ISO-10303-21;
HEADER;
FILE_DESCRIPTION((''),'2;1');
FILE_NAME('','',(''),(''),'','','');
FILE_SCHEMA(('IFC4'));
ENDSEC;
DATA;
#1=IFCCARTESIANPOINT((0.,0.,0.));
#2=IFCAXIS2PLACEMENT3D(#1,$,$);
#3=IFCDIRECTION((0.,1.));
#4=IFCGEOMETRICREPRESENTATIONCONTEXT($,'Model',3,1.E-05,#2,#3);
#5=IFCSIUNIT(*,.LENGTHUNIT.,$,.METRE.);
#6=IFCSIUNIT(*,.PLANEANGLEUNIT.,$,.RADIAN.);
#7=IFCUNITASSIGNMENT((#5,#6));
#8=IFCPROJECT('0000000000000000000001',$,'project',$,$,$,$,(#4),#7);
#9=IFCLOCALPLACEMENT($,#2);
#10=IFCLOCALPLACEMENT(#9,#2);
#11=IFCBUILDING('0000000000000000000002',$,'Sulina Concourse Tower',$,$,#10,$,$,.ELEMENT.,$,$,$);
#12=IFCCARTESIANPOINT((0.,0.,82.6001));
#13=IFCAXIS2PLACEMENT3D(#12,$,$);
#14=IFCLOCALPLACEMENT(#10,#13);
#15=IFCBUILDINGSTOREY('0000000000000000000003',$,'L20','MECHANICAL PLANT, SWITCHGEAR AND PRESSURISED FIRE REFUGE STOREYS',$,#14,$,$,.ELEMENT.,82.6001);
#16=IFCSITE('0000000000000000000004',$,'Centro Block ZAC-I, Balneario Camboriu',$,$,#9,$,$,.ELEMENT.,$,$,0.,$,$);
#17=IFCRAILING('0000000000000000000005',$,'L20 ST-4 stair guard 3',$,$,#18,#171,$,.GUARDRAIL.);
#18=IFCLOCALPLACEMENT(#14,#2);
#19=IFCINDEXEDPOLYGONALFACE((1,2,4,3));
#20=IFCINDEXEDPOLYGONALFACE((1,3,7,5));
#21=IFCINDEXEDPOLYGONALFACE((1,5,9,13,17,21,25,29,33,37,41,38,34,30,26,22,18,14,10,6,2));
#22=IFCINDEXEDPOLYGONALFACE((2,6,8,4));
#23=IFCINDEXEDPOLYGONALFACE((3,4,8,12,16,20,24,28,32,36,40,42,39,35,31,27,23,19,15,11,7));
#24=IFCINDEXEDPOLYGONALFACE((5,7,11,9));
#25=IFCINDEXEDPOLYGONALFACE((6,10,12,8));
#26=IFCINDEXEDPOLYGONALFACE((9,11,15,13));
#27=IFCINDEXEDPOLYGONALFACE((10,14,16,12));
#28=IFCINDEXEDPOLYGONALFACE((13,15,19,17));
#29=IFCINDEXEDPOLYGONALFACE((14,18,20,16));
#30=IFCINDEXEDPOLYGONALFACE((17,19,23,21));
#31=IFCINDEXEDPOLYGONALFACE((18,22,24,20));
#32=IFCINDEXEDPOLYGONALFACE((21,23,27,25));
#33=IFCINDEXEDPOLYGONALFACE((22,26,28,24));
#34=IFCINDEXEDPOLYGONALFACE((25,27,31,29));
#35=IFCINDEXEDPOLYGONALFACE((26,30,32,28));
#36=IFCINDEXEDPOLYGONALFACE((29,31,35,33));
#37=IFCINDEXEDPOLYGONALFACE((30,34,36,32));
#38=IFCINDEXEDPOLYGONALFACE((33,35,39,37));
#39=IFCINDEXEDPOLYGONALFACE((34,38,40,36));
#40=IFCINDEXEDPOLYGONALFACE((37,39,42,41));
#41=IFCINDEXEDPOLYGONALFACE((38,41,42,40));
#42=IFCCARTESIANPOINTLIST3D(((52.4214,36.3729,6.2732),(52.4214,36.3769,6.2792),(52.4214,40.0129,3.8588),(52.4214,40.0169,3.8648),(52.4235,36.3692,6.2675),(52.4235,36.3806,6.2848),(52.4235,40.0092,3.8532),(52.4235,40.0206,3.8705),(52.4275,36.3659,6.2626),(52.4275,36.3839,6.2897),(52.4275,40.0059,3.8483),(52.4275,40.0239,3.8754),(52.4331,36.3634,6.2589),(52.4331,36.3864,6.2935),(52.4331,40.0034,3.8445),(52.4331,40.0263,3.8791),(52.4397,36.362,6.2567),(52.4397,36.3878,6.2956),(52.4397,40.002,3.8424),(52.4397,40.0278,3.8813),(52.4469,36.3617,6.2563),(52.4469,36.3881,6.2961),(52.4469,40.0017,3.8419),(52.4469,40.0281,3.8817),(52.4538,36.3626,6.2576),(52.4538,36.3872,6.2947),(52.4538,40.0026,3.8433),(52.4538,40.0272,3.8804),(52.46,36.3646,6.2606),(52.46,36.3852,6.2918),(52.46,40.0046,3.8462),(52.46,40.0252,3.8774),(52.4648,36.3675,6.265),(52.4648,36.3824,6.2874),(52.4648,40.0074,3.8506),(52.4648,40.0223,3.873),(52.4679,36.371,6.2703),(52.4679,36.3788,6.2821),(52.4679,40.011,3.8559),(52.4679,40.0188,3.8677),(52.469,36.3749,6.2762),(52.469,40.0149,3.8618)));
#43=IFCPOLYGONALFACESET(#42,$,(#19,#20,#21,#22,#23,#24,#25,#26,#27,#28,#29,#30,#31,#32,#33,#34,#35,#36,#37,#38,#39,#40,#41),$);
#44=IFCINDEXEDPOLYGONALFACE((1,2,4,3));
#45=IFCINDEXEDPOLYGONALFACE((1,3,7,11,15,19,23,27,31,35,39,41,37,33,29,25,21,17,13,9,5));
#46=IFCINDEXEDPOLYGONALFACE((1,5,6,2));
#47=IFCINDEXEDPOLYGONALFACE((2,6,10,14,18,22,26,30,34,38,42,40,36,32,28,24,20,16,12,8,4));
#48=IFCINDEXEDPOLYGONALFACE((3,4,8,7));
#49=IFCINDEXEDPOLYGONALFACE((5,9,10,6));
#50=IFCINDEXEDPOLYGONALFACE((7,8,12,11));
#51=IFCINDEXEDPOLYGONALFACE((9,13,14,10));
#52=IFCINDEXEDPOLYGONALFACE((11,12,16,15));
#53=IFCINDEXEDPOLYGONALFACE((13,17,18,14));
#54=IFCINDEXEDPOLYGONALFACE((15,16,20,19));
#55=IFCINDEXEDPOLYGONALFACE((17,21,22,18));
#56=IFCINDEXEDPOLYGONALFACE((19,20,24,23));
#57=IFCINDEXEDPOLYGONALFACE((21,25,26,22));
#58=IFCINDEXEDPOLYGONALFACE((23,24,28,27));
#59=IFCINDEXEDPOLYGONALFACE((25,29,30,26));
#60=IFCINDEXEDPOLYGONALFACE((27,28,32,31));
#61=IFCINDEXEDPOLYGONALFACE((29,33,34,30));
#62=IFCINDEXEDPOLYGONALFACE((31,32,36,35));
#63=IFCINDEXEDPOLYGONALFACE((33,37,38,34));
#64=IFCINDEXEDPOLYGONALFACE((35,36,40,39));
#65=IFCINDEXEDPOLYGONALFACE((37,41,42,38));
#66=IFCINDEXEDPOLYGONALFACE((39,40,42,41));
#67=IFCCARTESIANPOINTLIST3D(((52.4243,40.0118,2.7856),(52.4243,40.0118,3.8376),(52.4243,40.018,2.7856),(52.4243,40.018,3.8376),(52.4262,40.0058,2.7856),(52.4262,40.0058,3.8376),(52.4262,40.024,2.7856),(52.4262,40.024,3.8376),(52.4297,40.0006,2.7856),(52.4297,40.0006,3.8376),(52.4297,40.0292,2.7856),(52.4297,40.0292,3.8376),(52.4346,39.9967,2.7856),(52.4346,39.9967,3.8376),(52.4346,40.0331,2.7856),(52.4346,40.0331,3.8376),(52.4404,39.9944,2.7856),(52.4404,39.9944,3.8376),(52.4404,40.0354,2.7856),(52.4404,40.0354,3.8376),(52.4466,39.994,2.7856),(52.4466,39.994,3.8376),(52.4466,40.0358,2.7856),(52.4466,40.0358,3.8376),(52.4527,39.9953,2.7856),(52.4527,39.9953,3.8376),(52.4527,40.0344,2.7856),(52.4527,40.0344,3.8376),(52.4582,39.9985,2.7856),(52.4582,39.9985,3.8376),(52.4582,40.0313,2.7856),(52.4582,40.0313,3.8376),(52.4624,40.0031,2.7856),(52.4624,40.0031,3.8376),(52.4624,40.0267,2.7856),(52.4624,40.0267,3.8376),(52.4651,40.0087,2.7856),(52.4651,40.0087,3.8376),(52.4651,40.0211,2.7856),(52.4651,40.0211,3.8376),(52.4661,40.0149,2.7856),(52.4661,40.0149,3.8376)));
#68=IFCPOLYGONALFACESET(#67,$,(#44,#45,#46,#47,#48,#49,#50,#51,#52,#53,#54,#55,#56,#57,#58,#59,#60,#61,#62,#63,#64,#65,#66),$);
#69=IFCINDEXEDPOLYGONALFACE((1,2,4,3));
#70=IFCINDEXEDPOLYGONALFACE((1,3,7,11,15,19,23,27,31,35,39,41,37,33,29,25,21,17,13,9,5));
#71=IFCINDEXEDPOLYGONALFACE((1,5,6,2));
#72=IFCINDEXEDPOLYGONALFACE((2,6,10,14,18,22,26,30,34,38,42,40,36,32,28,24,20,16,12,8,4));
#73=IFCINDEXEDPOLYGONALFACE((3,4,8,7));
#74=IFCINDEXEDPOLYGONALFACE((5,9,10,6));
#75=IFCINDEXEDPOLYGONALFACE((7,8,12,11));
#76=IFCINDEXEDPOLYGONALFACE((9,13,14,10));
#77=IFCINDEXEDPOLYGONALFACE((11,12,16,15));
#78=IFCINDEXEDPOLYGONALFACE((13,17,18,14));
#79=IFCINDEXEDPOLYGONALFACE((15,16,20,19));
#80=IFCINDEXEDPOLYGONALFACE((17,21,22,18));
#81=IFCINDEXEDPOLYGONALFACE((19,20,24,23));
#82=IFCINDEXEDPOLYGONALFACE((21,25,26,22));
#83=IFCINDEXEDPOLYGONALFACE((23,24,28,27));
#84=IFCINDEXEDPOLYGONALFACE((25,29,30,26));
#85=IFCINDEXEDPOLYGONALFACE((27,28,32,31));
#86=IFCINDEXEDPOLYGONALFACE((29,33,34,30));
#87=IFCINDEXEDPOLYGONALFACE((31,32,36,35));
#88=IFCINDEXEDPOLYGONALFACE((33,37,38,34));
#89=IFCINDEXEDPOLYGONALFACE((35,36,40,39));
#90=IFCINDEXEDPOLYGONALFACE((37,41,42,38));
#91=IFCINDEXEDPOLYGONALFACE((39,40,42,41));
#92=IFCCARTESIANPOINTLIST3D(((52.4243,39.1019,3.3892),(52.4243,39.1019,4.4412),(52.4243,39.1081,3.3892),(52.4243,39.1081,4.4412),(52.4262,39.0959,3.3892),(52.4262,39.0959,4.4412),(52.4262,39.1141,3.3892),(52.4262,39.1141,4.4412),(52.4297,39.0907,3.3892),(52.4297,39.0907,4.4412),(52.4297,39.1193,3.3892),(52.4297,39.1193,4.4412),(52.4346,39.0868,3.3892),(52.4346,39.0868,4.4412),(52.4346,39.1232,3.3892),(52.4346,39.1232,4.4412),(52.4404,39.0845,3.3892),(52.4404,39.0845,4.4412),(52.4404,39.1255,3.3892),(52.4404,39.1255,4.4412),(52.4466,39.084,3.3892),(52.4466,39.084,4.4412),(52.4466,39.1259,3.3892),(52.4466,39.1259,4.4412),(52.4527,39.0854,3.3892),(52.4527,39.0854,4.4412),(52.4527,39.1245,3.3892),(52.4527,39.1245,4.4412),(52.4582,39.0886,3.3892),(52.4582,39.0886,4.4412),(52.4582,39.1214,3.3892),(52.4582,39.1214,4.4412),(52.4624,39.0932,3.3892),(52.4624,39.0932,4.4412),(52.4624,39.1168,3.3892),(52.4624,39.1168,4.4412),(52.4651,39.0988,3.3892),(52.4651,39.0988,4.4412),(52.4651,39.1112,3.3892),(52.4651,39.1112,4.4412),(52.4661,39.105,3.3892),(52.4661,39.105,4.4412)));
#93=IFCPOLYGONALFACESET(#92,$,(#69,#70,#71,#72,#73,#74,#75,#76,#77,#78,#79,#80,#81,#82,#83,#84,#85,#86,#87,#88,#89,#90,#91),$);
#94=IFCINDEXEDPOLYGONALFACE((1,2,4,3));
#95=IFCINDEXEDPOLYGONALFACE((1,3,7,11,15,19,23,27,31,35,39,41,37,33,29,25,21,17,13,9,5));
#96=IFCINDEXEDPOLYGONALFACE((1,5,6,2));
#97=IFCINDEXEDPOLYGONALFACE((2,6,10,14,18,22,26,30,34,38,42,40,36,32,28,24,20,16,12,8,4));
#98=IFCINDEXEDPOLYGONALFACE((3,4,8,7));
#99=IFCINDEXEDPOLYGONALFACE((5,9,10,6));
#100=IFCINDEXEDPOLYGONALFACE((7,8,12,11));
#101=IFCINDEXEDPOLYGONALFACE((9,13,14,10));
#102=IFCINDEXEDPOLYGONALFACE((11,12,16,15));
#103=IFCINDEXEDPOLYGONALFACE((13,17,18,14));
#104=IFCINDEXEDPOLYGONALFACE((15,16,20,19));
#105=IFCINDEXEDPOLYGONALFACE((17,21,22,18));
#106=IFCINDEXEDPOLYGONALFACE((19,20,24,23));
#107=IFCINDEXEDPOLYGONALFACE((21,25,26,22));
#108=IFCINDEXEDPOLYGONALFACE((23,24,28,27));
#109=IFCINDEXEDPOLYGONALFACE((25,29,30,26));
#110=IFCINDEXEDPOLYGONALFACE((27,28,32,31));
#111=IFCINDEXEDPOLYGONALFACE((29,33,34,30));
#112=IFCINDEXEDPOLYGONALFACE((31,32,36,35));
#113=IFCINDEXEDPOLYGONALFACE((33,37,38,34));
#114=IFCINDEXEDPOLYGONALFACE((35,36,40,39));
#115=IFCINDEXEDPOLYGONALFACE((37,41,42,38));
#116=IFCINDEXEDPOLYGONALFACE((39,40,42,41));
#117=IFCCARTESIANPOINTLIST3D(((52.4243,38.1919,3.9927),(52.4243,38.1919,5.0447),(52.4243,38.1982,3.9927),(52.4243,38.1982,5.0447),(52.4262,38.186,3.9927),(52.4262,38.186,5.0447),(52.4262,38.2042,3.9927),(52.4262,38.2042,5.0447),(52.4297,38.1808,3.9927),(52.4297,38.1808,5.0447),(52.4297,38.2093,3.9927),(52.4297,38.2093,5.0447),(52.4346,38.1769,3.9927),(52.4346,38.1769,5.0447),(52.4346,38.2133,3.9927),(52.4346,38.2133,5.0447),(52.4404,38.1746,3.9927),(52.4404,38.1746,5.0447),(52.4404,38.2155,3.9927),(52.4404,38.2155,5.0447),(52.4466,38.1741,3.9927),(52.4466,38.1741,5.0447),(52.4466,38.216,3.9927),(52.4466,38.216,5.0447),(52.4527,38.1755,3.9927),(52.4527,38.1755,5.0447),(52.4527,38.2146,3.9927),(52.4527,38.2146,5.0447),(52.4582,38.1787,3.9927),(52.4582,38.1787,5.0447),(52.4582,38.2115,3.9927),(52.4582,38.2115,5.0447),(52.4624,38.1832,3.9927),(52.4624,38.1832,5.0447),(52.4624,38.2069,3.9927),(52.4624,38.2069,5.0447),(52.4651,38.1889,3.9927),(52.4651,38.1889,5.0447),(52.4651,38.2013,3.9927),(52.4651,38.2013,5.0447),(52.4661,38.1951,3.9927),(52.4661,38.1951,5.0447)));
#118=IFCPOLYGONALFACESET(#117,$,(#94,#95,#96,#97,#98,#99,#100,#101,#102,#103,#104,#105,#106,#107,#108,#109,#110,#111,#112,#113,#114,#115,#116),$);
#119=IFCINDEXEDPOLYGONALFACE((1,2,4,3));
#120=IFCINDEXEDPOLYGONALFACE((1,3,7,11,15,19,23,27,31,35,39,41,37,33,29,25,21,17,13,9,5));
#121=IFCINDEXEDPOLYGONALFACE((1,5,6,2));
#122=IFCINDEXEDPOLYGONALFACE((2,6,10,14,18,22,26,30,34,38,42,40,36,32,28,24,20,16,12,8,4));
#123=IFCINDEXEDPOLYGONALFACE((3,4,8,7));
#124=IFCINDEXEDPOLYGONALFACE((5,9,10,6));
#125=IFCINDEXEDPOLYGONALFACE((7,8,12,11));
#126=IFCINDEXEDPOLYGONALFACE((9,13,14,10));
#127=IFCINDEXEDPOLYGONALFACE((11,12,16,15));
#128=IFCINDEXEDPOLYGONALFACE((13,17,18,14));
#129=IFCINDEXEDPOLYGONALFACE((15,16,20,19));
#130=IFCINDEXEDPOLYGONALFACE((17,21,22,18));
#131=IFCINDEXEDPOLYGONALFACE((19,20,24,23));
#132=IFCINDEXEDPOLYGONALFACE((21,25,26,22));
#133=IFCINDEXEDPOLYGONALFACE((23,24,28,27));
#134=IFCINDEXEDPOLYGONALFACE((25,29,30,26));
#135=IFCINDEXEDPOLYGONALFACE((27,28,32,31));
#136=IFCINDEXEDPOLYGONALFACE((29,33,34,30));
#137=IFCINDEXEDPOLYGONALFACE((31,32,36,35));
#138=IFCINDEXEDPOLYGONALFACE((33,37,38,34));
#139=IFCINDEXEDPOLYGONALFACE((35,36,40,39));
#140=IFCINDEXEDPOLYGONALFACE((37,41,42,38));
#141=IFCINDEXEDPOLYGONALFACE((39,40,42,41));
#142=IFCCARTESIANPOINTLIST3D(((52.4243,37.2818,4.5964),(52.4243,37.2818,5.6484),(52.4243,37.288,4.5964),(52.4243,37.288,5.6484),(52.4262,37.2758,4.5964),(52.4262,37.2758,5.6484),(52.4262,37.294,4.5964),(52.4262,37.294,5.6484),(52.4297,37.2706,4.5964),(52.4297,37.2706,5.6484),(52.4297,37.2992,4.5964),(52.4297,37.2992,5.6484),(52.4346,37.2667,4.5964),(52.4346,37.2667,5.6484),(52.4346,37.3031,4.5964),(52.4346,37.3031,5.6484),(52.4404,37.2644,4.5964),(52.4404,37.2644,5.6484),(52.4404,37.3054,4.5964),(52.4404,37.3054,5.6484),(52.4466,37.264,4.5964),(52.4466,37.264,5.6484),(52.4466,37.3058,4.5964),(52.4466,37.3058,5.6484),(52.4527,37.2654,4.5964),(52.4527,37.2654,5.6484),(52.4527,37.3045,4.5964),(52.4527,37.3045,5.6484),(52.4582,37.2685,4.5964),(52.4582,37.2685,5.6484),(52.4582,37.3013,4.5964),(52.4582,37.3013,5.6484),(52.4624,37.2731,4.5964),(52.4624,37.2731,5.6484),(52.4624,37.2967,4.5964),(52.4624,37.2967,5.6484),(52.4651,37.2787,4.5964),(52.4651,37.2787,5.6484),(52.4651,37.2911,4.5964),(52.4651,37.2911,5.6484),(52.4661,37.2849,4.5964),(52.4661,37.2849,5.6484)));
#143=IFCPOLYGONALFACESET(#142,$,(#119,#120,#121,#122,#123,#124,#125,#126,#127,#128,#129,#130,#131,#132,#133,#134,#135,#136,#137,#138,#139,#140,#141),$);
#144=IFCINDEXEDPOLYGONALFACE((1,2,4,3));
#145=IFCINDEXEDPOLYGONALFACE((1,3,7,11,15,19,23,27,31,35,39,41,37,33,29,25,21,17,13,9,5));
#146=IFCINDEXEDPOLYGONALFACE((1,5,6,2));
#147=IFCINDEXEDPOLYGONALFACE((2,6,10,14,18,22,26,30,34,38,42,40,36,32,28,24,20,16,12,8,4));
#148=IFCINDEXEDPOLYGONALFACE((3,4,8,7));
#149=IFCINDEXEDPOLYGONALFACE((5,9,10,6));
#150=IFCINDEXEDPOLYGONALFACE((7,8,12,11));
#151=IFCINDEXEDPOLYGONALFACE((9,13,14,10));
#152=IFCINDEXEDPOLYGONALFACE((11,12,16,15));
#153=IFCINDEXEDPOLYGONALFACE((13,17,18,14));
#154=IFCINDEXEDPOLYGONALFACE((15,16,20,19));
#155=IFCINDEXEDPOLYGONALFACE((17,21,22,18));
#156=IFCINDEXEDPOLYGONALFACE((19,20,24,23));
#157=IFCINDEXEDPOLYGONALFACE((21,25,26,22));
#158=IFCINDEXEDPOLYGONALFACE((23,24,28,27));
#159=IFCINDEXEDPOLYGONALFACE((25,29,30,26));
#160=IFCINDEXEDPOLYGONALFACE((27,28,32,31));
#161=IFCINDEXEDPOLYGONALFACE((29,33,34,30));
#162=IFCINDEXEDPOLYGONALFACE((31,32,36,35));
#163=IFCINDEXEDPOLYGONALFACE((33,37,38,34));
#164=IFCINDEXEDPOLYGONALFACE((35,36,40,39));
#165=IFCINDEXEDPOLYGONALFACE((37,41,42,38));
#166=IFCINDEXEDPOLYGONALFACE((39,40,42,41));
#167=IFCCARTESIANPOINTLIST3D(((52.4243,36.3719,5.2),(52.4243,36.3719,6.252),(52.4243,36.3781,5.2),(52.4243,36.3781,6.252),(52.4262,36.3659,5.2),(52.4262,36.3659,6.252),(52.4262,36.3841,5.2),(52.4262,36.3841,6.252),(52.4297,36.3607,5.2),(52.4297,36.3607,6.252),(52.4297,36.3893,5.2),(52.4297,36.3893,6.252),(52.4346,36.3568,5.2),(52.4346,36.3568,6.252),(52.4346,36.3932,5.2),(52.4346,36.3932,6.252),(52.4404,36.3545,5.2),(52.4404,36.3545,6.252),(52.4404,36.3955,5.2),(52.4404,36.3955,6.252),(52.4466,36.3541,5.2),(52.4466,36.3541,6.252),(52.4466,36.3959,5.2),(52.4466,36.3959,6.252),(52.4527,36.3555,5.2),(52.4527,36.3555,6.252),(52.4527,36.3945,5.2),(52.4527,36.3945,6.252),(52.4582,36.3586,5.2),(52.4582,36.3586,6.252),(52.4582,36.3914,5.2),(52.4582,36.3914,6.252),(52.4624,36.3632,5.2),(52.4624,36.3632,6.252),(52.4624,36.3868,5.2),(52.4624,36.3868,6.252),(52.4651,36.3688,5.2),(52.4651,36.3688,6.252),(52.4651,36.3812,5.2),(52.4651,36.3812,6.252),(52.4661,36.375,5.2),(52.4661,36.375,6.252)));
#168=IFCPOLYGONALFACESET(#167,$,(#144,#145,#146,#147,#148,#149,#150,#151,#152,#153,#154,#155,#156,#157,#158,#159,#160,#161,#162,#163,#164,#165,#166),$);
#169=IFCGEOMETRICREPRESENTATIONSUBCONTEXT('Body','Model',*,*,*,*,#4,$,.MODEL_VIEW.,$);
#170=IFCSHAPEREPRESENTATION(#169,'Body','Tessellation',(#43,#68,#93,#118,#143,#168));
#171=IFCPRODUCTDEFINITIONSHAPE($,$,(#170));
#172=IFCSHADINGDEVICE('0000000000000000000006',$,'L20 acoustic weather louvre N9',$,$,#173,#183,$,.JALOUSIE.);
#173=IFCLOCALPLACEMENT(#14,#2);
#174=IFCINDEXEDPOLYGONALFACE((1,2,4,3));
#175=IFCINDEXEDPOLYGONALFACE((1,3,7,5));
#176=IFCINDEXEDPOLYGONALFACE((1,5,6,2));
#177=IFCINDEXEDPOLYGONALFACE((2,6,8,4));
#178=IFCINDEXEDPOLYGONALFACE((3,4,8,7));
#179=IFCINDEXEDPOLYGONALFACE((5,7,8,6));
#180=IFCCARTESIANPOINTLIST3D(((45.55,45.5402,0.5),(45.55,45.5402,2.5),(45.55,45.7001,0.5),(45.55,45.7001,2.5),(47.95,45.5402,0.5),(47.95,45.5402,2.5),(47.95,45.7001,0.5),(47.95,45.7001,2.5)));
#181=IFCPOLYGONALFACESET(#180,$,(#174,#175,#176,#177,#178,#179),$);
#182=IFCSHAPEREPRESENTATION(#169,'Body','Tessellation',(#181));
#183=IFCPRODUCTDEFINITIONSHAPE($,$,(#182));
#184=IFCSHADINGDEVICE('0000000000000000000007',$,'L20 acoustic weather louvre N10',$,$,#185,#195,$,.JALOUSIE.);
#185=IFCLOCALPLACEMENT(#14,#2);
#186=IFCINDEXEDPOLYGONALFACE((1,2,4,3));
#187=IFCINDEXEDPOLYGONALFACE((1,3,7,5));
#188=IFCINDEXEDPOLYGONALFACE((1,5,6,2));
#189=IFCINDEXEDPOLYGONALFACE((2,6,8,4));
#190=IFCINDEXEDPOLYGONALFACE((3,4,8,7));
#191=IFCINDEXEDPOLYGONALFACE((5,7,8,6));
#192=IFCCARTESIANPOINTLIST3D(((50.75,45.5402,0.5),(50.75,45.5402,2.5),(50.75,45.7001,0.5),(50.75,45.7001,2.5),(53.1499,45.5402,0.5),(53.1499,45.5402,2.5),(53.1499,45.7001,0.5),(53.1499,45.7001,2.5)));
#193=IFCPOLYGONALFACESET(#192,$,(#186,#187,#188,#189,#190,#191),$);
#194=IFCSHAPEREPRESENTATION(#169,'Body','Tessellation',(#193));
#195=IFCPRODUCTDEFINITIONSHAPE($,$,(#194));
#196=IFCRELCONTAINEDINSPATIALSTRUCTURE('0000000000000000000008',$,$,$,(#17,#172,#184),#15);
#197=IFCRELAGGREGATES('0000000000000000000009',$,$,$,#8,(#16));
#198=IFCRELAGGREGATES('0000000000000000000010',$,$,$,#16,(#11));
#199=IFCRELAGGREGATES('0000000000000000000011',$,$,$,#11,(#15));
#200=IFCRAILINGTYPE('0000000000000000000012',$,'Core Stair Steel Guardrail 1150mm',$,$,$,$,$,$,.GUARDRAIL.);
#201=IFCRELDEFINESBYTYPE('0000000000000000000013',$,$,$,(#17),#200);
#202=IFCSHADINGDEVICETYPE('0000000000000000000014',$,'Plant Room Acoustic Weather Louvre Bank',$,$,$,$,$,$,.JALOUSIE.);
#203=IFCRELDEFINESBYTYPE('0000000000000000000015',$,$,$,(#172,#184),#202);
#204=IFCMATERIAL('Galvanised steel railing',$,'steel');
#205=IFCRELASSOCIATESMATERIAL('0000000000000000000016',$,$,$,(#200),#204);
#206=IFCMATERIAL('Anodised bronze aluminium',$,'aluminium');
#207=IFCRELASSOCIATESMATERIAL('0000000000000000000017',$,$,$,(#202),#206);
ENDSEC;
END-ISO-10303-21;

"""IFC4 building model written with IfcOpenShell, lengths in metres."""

from ifc_helpers import new_model, si_unit, direction, frame, origin, origin_2d, place, context, subcontext, project, spatial, rectangle, circle, extrude, material, type_object, element, save


model = new_model("IFC4")

# Units and contexts
model_context = context("Model", 3, precision=1e-05, world=origin(), true_north=direction((0.0, 1.0)))
body_context = subcontext(model_context, "Body", "Model", "MODEL_VIEW")
ifc_project = project(units=[si_unit("LENGTHUNIT", "METRE"), si_unit("PLANEANGLEUNIT", "RADIAN")], contexts=[model_context])

# Site, building, storey
site_placement = place(None, origin())
site = spatial("IfcSite", under=ifc_project, at=site_placement, Name="Centro Block ZAC-I, Balneario Camboriu", CompositionType="ELEMENT", RefElevation=0.0)
building_placement = place(site_placement, origin())
building = spatial("IfcBuilding", under=site, at=building_placement, Name="Sulina Concourse Tower", CompositionType="ELEMENT")
storey_placement = place(building_placement, frame((0.0, 0.0, 82.6001)))
storey = spatial("IfcBuildingStorey", under=building, at=storey_placement, Name="L20", Description="MECHANICAL PLANT, SWITCHGEAR AND PRESSURISED FIRE REFUGE STOREYS", CompositionType="ELEMENT", Elevation=82.6001)

# Railing
ifc_material_1 = material(Name="Galvanised steel railing", Category="steel")
railing_type_1 = type_object("IfcRailingType", Name="Core Stair Steel Guardrail 1150mm", PredefinedType="GUARDRAIL", material=ifc_material_1)
railing_1_placement = place(storey_placement, frame((52.4451, 40.0149, 2.7856)))
element("IfcRailing", 1, at=railing_1_placement, inside=storey, type_object=railing_type_1, Name="L20 ST-4 stair guard 3", PredefinedType="GUARDRAIL", context=body_context, shape_type="SweptSolid", body=[
    extrude(circle(Radius=0.0239, at=origin_2d()), frame((0.0, 0.0, 1.0762), z_axis=(0.0, -0.833347, 0.552751), x_axis=(1.0, 0.0, 0.0)), (0.0, 0.0, 1.0), 4.3679),
    extrude(circle(Radius=0.021, at=origin_2d()), origin(), (0.0, 0.0, 1.0), 1.052),
    extrude(circle(Radius=0.021, at=origin_2d()), frame((0.0, -0.9099, 0.6035)), (0.0, 0.0, 1.0), 1.052),
    extrude(circle(Radius=0.021, at=origin_2d()), frame((0.0, -1.8198, 1.207)), (0.0, 0.0, 1.0), 1.052),
    extrude(circle(Radius=0.021, at=origin_2d()), frame((0.0, -2.73, 1.8108)), (0.0, 0.0, 1.0), 1.052),
    extrude(circle(Radius=0.021, at=origin_2d()), frame((0.0, -3.6399, 2.4143)), (0.0, 0.0, 1.0), 1.052),
])

# Shading devices
ifc_material_2 = material(Name="Anodised bronze aluminium", Category="aluminium")
shading_device_type = type_object("IfcShadingDeviceType", Name="Plant Room Acoustic Weather Louvre Bank", PredefinedType="JALOUSIE", material=ifc_material_2)
for number, where, z_axis, x_axis, name in (
    (2, (46.75, 45.6201, 0.5), (0.0, 0.0, 1.0), (1.0, 0.0, 0.0), "L20 acoustic weather louvre N9"),
    (3, (51.95, 45.6201, 0.5), (0.0, 0.0, 1.0), (1.0, 0.0, 0.0), "L20 acoustic weather louvre N10"),
):
    element("IfcShadingDevice", number, at=place(storey_placement, frame(where, z_axis=z_axis, x_axis=x_axis)), inside=storey, type_object=shading_device_type, Name=name, PredefinedType="JALOUSIE", context=body_context, shape_type="SweptSolid", body=[
        extrude(rectangle(XDim=2.3999, YDim=0.1599, at=origin_2d()), origin(), (0.0, 0.0, 1.0), 2.0),
    ])

save(model, "model.ifc")
